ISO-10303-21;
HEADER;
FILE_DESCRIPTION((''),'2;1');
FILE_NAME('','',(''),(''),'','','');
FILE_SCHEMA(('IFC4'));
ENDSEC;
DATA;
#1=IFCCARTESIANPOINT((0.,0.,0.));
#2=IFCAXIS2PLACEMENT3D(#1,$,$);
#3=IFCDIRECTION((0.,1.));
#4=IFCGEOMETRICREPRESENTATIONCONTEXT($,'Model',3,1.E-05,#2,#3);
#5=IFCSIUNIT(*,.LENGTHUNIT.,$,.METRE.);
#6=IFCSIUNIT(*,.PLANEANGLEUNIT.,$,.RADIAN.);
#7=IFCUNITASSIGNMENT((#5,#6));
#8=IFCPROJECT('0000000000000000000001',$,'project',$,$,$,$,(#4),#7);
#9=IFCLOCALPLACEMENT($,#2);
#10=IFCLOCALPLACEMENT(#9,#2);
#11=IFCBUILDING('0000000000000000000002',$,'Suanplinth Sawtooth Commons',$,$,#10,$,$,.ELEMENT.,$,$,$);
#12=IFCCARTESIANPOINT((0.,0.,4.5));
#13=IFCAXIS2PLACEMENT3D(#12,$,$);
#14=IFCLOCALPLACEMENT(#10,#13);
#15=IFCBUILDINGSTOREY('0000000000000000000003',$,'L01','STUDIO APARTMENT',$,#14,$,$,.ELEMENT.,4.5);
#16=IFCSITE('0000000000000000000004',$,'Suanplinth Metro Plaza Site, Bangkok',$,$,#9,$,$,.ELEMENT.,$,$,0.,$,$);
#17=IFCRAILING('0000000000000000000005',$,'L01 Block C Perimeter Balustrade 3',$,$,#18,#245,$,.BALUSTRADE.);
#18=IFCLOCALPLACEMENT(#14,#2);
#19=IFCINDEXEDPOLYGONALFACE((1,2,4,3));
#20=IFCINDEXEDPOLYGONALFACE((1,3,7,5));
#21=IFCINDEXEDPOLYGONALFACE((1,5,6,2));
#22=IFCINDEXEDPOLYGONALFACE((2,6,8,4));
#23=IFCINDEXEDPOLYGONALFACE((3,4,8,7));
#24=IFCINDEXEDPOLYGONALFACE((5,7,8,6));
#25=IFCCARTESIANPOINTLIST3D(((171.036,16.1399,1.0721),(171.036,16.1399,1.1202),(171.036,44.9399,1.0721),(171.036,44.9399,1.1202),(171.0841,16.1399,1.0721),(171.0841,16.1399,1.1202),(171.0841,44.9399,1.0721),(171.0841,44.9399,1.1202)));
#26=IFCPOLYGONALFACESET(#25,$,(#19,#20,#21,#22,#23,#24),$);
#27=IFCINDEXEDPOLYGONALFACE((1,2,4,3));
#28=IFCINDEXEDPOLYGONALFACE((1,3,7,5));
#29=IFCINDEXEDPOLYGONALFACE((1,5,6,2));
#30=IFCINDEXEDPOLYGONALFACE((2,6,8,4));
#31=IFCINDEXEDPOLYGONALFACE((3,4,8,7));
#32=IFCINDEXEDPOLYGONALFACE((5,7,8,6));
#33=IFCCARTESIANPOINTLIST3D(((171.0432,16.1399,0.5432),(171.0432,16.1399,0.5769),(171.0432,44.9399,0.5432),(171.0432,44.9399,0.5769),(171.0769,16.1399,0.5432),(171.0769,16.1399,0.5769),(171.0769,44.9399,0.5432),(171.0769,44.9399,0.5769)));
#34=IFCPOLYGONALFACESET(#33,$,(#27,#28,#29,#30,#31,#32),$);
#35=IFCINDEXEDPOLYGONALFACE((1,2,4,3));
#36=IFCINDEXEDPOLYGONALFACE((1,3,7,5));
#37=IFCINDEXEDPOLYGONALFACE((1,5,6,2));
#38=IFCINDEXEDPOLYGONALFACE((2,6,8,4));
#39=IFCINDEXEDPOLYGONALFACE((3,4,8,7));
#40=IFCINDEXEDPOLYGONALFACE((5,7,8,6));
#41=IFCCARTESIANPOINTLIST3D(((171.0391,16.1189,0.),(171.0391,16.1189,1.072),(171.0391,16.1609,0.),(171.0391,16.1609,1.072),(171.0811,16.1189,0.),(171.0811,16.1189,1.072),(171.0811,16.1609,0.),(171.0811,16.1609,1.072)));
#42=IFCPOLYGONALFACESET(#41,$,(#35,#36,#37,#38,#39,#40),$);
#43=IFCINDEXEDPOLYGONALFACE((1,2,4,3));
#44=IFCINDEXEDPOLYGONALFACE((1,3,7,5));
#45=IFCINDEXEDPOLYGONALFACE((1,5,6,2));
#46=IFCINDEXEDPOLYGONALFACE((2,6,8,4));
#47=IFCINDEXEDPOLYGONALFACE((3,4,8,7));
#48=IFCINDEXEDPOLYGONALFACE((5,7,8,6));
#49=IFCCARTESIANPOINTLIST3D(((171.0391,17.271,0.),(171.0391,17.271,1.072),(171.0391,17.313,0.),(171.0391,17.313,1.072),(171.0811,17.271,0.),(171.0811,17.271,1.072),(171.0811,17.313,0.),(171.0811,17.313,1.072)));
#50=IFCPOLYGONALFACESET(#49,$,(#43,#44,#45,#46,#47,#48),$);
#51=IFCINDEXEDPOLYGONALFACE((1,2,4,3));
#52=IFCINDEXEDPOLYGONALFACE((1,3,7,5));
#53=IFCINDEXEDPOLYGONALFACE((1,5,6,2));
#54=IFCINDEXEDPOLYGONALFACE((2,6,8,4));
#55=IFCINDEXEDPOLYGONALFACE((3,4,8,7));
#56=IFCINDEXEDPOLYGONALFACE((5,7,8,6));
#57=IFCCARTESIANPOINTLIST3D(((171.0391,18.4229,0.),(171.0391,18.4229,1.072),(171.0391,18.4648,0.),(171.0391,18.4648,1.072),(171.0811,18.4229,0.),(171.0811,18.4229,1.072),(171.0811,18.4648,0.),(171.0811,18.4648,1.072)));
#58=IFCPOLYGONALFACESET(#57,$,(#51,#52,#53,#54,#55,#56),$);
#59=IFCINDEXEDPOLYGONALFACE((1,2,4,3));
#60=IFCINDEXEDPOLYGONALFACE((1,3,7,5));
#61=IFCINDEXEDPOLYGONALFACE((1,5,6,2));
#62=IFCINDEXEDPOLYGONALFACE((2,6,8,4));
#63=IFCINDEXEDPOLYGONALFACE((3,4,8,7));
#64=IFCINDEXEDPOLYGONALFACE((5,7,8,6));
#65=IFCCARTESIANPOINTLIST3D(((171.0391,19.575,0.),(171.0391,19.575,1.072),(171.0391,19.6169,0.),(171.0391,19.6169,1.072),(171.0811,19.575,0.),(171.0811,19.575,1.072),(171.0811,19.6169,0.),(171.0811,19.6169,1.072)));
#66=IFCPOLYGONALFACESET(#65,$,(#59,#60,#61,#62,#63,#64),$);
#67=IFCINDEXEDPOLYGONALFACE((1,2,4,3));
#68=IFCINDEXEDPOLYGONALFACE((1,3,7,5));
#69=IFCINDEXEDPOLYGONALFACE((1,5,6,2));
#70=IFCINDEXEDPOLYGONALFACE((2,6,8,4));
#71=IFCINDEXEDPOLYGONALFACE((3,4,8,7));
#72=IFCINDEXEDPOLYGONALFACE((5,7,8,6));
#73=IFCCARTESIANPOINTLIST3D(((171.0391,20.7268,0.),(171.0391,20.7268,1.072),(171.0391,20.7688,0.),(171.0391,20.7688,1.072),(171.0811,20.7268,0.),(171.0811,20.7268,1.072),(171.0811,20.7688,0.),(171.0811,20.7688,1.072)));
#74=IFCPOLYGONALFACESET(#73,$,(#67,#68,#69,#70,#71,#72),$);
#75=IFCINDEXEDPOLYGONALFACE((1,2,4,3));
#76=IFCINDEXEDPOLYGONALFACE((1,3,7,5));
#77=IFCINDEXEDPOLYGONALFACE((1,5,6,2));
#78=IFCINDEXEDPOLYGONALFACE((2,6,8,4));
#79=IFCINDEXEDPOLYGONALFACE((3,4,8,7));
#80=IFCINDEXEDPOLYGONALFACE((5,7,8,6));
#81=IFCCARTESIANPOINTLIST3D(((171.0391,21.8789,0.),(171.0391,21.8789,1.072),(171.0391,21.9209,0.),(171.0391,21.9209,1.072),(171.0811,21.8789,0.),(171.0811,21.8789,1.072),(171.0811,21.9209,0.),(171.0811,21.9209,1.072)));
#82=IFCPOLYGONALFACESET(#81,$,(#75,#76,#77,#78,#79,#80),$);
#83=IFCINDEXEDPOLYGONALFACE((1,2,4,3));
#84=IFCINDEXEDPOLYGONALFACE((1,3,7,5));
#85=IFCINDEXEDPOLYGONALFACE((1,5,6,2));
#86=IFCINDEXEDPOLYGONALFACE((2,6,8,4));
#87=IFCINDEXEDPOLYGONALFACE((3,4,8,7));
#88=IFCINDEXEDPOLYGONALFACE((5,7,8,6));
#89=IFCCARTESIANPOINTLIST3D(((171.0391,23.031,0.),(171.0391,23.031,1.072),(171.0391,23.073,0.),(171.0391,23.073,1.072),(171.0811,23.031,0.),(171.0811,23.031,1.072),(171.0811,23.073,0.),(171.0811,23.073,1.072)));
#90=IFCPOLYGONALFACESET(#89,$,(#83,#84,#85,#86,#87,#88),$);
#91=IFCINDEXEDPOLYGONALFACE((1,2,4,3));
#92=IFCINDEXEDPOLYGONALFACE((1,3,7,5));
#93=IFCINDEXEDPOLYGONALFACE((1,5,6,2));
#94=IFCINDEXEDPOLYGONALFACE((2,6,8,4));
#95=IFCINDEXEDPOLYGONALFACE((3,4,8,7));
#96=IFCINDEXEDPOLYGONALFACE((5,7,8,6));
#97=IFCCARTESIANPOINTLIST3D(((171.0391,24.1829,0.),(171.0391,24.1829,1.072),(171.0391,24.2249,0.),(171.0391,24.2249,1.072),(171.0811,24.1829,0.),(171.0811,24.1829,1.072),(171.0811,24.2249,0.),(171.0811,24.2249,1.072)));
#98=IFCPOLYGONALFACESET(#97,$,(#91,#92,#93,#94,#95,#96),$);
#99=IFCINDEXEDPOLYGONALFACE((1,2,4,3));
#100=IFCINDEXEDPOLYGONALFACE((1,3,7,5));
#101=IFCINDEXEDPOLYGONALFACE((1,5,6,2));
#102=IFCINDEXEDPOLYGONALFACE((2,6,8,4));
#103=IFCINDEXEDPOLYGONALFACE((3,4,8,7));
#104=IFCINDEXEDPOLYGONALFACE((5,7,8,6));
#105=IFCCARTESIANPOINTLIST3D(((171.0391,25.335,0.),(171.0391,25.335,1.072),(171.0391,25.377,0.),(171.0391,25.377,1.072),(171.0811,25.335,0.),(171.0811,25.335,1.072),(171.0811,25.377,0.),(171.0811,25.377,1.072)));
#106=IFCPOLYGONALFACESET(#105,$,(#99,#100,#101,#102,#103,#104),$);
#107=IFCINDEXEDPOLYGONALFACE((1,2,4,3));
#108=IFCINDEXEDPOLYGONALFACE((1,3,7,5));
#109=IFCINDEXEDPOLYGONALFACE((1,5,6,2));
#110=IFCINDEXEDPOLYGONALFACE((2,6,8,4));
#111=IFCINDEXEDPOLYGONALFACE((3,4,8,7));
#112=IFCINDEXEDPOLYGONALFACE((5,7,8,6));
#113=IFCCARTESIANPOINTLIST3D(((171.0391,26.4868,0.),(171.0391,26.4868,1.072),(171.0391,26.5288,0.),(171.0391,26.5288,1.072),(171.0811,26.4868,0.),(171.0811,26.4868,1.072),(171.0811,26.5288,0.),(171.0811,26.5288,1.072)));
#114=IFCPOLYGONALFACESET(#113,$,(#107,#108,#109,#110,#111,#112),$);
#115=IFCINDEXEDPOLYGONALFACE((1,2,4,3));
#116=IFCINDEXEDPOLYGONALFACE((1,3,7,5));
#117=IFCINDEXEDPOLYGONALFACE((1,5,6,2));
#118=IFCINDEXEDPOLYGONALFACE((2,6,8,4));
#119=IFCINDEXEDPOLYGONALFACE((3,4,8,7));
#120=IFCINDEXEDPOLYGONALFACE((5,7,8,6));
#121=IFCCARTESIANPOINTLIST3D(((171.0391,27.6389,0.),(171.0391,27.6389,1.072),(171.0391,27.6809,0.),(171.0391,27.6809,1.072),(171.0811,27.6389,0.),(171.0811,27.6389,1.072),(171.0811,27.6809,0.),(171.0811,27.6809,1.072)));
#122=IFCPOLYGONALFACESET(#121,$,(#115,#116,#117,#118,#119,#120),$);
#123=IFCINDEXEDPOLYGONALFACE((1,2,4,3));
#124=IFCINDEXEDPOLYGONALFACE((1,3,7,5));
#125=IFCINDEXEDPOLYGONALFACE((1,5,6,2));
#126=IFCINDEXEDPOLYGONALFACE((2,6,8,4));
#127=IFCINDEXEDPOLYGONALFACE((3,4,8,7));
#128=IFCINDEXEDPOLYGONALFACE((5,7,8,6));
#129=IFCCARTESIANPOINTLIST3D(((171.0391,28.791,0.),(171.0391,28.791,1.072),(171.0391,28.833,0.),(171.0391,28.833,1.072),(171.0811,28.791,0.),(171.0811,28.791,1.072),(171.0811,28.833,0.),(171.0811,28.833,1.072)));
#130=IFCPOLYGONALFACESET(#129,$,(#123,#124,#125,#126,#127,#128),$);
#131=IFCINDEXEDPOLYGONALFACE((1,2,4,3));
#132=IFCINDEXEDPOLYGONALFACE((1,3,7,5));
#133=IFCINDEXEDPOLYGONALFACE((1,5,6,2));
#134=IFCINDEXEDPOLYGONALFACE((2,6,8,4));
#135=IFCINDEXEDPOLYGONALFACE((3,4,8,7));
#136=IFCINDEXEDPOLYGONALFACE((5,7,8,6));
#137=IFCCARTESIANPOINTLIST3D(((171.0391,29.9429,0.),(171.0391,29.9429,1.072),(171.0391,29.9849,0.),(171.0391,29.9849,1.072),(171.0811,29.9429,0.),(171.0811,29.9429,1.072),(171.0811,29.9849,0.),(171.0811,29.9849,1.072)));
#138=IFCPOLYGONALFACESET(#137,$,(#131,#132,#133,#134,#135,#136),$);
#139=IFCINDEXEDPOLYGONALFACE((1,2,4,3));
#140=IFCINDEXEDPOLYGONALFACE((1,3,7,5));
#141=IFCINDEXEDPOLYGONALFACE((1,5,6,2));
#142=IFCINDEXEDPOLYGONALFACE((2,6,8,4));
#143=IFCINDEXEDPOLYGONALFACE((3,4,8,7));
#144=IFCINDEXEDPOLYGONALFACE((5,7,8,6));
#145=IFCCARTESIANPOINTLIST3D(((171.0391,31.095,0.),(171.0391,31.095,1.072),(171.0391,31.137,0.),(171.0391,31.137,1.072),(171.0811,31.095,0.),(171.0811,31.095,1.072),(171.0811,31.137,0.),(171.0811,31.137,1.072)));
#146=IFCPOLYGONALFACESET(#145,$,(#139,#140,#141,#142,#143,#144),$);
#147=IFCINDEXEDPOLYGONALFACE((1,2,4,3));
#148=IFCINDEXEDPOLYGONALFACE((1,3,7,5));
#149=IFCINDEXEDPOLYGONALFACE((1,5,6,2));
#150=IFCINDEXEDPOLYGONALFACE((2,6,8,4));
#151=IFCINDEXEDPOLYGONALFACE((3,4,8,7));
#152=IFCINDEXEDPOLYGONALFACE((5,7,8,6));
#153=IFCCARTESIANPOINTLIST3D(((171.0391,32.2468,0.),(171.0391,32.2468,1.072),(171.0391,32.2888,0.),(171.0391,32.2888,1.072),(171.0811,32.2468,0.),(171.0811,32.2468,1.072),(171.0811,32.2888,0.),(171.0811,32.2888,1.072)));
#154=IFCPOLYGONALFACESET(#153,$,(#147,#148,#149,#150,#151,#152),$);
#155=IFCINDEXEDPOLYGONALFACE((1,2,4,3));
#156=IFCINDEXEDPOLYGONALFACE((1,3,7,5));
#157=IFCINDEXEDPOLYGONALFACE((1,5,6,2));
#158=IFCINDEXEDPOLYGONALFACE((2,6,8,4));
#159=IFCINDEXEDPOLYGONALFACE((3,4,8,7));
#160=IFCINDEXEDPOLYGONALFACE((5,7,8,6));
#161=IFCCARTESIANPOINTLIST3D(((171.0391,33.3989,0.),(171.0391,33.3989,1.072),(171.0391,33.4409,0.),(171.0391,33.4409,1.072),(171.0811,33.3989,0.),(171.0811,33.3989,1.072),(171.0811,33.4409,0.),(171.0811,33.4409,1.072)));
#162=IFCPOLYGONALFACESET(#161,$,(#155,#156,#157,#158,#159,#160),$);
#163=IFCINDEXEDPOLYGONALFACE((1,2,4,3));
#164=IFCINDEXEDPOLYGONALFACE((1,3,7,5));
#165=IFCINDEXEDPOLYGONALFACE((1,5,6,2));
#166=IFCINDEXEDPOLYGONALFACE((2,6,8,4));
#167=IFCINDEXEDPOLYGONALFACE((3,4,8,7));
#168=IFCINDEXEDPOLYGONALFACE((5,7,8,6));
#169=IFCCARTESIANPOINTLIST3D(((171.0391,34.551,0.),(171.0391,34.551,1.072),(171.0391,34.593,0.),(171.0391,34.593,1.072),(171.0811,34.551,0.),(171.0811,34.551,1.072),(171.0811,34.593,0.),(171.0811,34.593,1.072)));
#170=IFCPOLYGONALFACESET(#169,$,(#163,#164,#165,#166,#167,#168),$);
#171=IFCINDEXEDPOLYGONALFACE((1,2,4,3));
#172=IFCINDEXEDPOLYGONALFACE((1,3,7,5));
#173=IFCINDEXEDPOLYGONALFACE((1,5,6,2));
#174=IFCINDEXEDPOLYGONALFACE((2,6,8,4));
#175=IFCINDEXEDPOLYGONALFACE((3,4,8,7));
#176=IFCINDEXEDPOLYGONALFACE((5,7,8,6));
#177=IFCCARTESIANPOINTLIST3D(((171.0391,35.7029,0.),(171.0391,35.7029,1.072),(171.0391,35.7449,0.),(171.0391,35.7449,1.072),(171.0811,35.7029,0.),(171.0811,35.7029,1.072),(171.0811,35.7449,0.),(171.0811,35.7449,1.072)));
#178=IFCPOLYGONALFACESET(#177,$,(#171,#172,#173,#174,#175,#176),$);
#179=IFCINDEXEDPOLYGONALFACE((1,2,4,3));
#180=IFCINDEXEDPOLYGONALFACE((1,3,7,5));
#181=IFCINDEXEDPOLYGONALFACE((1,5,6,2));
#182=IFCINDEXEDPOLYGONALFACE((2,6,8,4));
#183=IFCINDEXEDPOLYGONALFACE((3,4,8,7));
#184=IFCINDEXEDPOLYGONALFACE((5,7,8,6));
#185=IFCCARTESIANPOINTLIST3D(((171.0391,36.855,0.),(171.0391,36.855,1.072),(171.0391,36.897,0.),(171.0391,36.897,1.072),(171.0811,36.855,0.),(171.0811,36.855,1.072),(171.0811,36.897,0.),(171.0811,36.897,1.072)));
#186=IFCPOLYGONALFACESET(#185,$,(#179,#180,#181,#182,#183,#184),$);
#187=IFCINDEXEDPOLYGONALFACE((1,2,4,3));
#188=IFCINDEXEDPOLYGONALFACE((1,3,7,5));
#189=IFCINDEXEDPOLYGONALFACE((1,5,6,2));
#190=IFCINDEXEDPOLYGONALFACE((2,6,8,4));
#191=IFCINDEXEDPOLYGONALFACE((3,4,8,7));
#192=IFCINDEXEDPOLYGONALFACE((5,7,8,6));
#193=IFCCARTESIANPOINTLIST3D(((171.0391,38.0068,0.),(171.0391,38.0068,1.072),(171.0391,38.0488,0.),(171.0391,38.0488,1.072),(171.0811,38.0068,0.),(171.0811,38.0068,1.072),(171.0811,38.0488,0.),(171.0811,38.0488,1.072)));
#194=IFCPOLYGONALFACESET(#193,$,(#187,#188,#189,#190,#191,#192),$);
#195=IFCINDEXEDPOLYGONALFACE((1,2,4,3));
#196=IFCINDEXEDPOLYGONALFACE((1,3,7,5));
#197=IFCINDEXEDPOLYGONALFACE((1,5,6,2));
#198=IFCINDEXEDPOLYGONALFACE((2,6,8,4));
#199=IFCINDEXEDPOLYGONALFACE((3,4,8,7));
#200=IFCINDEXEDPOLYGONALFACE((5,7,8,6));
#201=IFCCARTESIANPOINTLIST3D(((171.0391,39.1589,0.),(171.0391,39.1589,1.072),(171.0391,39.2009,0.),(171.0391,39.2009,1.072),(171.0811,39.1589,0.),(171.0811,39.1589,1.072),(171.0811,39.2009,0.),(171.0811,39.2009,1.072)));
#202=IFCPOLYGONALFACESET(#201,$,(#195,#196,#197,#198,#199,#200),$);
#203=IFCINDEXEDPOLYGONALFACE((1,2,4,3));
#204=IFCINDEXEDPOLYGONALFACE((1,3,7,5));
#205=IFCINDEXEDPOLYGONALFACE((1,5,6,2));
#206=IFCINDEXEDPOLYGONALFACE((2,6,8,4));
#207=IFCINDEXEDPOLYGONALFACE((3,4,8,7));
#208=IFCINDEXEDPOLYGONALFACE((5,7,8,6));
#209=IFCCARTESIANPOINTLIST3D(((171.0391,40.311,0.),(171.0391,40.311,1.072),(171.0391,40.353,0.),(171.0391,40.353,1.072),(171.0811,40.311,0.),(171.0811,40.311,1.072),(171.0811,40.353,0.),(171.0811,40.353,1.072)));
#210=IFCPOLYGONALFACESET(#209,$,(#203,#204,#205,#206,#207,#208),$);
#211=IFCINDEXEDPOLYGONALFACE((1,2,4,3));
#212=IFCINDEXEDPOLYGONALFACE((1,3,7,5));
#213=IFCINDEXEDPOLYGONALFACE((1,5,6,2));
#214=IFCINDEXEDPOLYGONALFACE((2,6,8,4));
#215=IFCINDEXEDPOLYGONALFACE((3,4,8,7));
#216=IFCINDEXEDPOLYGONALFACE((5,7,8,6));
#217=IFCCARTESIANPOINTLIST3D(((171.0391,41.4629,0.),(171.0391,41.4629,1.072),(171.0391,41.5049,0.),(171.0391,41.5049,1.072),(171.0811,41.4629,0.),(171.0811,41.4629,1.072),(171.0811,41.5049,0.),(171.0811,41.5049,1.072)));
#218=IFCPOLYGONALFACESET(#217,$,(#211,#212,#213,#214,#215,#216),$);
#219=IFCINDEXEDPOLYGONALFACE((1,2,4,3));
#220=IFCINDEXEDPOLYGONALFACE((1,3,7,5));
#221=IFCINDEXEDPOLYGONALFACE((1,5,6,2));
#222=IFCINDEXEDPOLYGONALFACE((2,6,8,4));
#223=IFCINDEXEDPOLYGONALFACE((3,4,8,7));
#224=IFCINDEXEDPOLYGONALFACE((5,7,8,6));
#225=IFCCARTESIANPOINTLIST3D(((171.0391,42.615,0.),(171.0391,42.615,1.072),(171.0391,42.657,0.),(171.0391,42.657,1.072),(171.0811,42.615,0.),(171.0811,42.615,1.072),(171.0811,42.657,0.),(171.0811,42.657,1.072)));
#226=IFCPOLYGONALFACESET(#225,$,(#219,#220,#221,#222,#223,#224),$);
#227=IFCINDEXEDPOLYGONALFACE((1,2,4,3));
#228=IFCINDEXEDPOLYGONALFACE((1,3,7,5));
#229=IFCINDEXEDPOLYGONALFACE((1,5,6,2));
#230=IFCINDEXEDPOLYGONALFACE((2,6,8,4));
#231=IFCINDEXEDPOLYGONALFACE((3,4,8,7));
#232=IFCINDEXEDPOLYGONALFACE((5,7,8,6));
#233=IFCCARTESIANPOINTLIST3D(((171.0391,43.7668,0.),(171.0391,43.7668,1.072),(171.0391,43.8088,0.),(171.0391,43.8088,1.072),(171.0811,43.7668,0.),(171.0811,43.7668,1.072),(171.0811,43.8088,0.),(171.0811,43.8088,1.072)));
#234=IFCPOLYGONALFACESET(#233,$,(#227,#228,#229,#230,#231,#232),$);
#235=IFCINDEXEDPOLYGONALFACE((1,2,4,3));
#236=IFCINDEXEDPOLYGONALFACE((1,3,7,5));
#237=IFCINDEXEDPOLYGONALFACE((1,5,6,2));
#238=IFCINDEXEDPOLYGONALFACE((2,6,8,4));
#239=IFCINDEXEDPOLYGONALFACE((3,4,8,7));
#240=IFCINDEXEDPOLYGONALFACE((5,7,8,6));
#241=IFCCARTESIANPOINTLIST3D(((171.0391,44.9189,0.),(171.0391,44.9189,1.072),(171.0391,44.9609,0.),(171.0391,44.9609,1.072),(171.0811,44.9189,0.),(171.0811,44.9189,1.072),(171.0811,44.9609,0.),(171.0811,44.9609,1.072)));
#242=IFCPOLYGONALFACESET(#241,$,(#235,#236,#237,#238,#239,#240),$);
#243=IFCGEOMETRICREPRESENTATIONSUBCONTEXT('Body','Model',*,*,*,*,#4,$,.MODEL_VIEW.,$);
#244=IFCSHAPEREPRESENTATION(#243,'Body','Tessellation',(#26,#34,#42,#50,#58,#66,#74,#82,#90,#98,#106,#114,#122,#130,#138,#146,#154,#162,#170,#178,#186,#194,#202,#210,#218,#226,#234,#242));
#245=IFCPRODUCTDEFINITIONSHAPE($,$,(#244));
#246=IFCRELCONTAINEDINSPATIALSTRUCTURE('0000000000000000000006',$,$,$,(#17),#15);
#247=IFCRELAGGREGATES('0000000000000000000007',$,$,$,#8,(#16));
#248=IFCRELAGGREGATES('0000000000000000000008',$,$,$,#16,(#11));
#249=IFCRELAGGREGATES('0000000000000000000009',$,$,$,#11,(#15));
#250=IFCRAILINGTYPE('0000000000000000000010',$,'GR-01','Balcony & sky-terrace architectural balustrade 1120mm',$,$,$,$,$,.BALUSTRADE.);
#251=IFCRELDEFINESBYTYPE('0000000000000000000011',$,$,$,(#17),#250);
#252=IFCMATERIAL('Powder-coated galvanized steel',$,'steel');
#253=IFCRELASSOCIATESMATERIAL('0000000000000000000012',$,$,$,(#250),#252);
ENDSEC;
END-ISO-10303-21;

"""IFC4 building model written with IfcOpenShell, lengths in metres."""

from ifc_helpers import new_model, si_unit, direction, frame, origin, origin_2d, place, context, subcontext, project, spatial, rectangle, extrude, material, type_object, element, save


model = new_model("IFC4")

# Units and contexts
model_context = context("Model", 3, precision=1e-05, world=origin(), true_north=direction((0.0, 1.0)))
body_context = subcontext(model_context, "Body", "Model", "MODEL_VIEW")
ifc_project = project(units=[si_unit("LENGTHUNIT", "METRE"), si_unit("PLANEANGLEUNIT", "RADIAN")], contexts=[model_context])

# Site, building, storey
site_placement = place(None, origin())
site = spatial("IfcSite", under=ifc_project, at=site_placement, Name="Suanplinth Metro Plaza Site, Bangkok", CompositionType="ELEMENT", RefElevation=0.0)
building_placement = place(site_placement, origin())
building = spatial("IfcBuilding", under=site, at=building_placement, Name="Suanplinth Sawtooth Commons", CompositionType="ELEMENT")
storey_placement = place(building_placement, frame((0.0, 0.0, 4.5)))
storey = spatial("IfcBuildingStorey", under=building, at=storey_placement, Name="L01", Description="STUDIO APARTMENT", CompositionType="ELEMENT", Elevation=4.5)

# Railing
ifc_material_1 = material(Name="Powder-coated galvanized steel", Category="steel")
railing_type = type_object("IfcRailingType", Name="GR-01", Description="Balcony & sky-terrace architectural balustrade 1120mm", PredefinedType="BALUSTRADE", material=ifc_material_1)
railing_placement = place(storey_placement, frame((171.0601, 16.1399, 0.0)))
element("IfcRailing", 1, at=railing_placement, inside=storey, type_object=railing_type, Name="L01 Block C Perimeter Balustrade 3", PredefinedType="BALUSTRADE", context=body_context, shape_type="SweptSolid", body=[
    extrude(rectangle(XDim=0.0481, YDim=0.0481, at=origin_2d()), frame((0.0, 0.0, 1.0962), z_axis=(0.0, 1.0, 0.0), x_axis=(-1.0, 0.0, 0.0)), (0.0, 0.0, 1.0), 28.8),
    extrude(rectangle(XDim=0.0337, YDim=0.0337, at=origin_2d()), frame((0.0, 0.0, 0.5601), z_axis=(0.0, 1.0, 0.0), x_axis=(-1.0, 0.0, 0.0)), (0.0, 0.0, 1.0), 28.8),
    extrude(rectangle(XDim=0.042, YDim=0.042, at=origin_2d()), origin(), (0.0, 0.0, 1.0), 1.072),
    extrude(rectangle(XDim=0.042, YDim=0.042, at=origin_2d()), frame((0.0, 1.1521, 0.0)), (0.0, 0.0, 1.0), 1.072),
    extrude(rectangle(XDim=0.042, YDim=0.042, at=origin_2d()), frame((0.0, 2.304, 0.0)), (0.0, 0.0, 1.0), 1.072),
    extrude(rectangle(XDim=0.042, YDim=0.042, at=origin_2d()), frame((0.0, 3.4561, 0.0)), (0.0, 0.0, 1.0), 1.072),
    extrude(rectangle(XDim=0.042, YDim=0.042, at=origin_2d()), frame((0.0, 4.6079, 0.0)), (0.0, 0.0, 1.0), 1.072),
    extrude(rectangle(XDim=0.042, YDim=0.042, at=origin_2d()), frame((0.0, 5.76, 0.0)), (0.0, 0.0, 1.0), 1.072),
    extrude(rectangle(XDim=0.042, YDim=0.042, at=origin_2d()), frame((0.0, 6.9121, 0.0)), (0.0, 0.0, 1.0), 1.072),
    extrude(rectangle(XDim=0.042, YDim=0.042, at=origin_2d()), frame((0.0, 8.064, 0.0)), (0.0, 0.0, 1.0), 1.072),
    extrude(rectangle(XDim=0.042, YDim=0.042, at=origin_2d()), frame((0.0, 9.2161, 0.0)), (0.0, 0.0, 1.0), 1.072),
    extrude(rectangle(XDim=0.042, YDim=0.042, at=origin_2d()), frame((0.0, 10.3679, 0.0)), (0.0, 0.0, 1.0), 1.072),
    extrude(rectangle(XDim=0.042, YDim=0.042, at=origin_2d()), frame((0.0, 11.52, 0.0)), (0.0, 0.0, 1.0), 1.072),
    extrude(rectangle(XDim=0.042, YDim=0.042, at=origin_2d()), frame((0.0, 12.6721, 0.0)), (0.0, 0.0, 1.0), 1.072),
    extrude(rectangle(XDim=0.042, YDim=0.042, at=origin_2d()), frame((0.0, 13.824, 0.0)), (0.0, 0.0, 1.0), 1.072),
    extrude(rectangle(XDim=0.042, YDim=0.042, at=origin_2d()), frame((0.0, 14.9761, 0.0)), (0.0, 0.0, 1.0), 1.072),
    extrude(rectangle(XDim=0.042, YDim=0.042, at=origin_2d()), frame((0.0, 16.1279, 0.0)), (0.0, 0.0, 1.0), 1.072),
    extrude(rectangle(XDim=0.042, YDim=0.042, at=origin_2d()), frame((0.0, 17.28, 0.0)), (0.0, 0.0, 1.0), 1.072),
    extrude(rectangle(XDim=0.042, YDim=0.042, at=origin_2d()), frame((0.0, 18.4321, 0.0)), (0.0, 0.0, 1.0), 1.072),
    extrude(rectangle(XDim=0.042, YDim=0.042, at=origin_2d()), frame((0.0, 19.584, 0.0)), (0.0, 0.0, 1.0), 1.072),
    extrude(rectangle(XDim=0.042, YDim=0.042, at=origin_2d()), frame((0.0, 20.7361, 0.0)), (0.0, 0.0, 1.0), 1.072),
    extrude(rectangle(XDim=0.042, YDim=0.042, at=origin_2d()), frame((0.0, 21.8879, 0.0)), (0.0, 0.0, 1.0), 1.072),
    extrude(rectangle(XDim=0.042, YDim=0.042, at=origin_2d()), frame((0.0, 23.04, 0.0)), (0.0, 0.0, 1.0), 1.072),
    extrude(rectangle(XDim=0.042, YDim=0.042, at=origin_2d()), frame((0.0, 24.1921, 0.0)), (0.0, 0.0, 1.0), 1.072),
    extrude(rectangle(XDim=0.042, YDim=0.042, at=origin_2d()), frame((0.0, 25.344, 0.0)), (0.0, 0.0, 1.0), 1.072),
    extrude(rectangle(XDim=0.042, YDim=0.042, at=origin_2d()), frame((0.0, 26.4961, 0.0)), (0.0, 0.0, 1.0), 1.072),
    extrude(rectangle(XDim=0.042, YDim=0.042, at=origin_2d()), frame((0.0, 27.6479, 0.0)), (0.0, 0.0, 1.0), 1.072),
    extrude(rectangle(XDim=0.042, YDim=0.042, at=origin_2d()), frame((0.0, 28.8, 0.0)), (0.0, 0.0, 1.0), 1.072),
])

save(model, "model.ifc")
